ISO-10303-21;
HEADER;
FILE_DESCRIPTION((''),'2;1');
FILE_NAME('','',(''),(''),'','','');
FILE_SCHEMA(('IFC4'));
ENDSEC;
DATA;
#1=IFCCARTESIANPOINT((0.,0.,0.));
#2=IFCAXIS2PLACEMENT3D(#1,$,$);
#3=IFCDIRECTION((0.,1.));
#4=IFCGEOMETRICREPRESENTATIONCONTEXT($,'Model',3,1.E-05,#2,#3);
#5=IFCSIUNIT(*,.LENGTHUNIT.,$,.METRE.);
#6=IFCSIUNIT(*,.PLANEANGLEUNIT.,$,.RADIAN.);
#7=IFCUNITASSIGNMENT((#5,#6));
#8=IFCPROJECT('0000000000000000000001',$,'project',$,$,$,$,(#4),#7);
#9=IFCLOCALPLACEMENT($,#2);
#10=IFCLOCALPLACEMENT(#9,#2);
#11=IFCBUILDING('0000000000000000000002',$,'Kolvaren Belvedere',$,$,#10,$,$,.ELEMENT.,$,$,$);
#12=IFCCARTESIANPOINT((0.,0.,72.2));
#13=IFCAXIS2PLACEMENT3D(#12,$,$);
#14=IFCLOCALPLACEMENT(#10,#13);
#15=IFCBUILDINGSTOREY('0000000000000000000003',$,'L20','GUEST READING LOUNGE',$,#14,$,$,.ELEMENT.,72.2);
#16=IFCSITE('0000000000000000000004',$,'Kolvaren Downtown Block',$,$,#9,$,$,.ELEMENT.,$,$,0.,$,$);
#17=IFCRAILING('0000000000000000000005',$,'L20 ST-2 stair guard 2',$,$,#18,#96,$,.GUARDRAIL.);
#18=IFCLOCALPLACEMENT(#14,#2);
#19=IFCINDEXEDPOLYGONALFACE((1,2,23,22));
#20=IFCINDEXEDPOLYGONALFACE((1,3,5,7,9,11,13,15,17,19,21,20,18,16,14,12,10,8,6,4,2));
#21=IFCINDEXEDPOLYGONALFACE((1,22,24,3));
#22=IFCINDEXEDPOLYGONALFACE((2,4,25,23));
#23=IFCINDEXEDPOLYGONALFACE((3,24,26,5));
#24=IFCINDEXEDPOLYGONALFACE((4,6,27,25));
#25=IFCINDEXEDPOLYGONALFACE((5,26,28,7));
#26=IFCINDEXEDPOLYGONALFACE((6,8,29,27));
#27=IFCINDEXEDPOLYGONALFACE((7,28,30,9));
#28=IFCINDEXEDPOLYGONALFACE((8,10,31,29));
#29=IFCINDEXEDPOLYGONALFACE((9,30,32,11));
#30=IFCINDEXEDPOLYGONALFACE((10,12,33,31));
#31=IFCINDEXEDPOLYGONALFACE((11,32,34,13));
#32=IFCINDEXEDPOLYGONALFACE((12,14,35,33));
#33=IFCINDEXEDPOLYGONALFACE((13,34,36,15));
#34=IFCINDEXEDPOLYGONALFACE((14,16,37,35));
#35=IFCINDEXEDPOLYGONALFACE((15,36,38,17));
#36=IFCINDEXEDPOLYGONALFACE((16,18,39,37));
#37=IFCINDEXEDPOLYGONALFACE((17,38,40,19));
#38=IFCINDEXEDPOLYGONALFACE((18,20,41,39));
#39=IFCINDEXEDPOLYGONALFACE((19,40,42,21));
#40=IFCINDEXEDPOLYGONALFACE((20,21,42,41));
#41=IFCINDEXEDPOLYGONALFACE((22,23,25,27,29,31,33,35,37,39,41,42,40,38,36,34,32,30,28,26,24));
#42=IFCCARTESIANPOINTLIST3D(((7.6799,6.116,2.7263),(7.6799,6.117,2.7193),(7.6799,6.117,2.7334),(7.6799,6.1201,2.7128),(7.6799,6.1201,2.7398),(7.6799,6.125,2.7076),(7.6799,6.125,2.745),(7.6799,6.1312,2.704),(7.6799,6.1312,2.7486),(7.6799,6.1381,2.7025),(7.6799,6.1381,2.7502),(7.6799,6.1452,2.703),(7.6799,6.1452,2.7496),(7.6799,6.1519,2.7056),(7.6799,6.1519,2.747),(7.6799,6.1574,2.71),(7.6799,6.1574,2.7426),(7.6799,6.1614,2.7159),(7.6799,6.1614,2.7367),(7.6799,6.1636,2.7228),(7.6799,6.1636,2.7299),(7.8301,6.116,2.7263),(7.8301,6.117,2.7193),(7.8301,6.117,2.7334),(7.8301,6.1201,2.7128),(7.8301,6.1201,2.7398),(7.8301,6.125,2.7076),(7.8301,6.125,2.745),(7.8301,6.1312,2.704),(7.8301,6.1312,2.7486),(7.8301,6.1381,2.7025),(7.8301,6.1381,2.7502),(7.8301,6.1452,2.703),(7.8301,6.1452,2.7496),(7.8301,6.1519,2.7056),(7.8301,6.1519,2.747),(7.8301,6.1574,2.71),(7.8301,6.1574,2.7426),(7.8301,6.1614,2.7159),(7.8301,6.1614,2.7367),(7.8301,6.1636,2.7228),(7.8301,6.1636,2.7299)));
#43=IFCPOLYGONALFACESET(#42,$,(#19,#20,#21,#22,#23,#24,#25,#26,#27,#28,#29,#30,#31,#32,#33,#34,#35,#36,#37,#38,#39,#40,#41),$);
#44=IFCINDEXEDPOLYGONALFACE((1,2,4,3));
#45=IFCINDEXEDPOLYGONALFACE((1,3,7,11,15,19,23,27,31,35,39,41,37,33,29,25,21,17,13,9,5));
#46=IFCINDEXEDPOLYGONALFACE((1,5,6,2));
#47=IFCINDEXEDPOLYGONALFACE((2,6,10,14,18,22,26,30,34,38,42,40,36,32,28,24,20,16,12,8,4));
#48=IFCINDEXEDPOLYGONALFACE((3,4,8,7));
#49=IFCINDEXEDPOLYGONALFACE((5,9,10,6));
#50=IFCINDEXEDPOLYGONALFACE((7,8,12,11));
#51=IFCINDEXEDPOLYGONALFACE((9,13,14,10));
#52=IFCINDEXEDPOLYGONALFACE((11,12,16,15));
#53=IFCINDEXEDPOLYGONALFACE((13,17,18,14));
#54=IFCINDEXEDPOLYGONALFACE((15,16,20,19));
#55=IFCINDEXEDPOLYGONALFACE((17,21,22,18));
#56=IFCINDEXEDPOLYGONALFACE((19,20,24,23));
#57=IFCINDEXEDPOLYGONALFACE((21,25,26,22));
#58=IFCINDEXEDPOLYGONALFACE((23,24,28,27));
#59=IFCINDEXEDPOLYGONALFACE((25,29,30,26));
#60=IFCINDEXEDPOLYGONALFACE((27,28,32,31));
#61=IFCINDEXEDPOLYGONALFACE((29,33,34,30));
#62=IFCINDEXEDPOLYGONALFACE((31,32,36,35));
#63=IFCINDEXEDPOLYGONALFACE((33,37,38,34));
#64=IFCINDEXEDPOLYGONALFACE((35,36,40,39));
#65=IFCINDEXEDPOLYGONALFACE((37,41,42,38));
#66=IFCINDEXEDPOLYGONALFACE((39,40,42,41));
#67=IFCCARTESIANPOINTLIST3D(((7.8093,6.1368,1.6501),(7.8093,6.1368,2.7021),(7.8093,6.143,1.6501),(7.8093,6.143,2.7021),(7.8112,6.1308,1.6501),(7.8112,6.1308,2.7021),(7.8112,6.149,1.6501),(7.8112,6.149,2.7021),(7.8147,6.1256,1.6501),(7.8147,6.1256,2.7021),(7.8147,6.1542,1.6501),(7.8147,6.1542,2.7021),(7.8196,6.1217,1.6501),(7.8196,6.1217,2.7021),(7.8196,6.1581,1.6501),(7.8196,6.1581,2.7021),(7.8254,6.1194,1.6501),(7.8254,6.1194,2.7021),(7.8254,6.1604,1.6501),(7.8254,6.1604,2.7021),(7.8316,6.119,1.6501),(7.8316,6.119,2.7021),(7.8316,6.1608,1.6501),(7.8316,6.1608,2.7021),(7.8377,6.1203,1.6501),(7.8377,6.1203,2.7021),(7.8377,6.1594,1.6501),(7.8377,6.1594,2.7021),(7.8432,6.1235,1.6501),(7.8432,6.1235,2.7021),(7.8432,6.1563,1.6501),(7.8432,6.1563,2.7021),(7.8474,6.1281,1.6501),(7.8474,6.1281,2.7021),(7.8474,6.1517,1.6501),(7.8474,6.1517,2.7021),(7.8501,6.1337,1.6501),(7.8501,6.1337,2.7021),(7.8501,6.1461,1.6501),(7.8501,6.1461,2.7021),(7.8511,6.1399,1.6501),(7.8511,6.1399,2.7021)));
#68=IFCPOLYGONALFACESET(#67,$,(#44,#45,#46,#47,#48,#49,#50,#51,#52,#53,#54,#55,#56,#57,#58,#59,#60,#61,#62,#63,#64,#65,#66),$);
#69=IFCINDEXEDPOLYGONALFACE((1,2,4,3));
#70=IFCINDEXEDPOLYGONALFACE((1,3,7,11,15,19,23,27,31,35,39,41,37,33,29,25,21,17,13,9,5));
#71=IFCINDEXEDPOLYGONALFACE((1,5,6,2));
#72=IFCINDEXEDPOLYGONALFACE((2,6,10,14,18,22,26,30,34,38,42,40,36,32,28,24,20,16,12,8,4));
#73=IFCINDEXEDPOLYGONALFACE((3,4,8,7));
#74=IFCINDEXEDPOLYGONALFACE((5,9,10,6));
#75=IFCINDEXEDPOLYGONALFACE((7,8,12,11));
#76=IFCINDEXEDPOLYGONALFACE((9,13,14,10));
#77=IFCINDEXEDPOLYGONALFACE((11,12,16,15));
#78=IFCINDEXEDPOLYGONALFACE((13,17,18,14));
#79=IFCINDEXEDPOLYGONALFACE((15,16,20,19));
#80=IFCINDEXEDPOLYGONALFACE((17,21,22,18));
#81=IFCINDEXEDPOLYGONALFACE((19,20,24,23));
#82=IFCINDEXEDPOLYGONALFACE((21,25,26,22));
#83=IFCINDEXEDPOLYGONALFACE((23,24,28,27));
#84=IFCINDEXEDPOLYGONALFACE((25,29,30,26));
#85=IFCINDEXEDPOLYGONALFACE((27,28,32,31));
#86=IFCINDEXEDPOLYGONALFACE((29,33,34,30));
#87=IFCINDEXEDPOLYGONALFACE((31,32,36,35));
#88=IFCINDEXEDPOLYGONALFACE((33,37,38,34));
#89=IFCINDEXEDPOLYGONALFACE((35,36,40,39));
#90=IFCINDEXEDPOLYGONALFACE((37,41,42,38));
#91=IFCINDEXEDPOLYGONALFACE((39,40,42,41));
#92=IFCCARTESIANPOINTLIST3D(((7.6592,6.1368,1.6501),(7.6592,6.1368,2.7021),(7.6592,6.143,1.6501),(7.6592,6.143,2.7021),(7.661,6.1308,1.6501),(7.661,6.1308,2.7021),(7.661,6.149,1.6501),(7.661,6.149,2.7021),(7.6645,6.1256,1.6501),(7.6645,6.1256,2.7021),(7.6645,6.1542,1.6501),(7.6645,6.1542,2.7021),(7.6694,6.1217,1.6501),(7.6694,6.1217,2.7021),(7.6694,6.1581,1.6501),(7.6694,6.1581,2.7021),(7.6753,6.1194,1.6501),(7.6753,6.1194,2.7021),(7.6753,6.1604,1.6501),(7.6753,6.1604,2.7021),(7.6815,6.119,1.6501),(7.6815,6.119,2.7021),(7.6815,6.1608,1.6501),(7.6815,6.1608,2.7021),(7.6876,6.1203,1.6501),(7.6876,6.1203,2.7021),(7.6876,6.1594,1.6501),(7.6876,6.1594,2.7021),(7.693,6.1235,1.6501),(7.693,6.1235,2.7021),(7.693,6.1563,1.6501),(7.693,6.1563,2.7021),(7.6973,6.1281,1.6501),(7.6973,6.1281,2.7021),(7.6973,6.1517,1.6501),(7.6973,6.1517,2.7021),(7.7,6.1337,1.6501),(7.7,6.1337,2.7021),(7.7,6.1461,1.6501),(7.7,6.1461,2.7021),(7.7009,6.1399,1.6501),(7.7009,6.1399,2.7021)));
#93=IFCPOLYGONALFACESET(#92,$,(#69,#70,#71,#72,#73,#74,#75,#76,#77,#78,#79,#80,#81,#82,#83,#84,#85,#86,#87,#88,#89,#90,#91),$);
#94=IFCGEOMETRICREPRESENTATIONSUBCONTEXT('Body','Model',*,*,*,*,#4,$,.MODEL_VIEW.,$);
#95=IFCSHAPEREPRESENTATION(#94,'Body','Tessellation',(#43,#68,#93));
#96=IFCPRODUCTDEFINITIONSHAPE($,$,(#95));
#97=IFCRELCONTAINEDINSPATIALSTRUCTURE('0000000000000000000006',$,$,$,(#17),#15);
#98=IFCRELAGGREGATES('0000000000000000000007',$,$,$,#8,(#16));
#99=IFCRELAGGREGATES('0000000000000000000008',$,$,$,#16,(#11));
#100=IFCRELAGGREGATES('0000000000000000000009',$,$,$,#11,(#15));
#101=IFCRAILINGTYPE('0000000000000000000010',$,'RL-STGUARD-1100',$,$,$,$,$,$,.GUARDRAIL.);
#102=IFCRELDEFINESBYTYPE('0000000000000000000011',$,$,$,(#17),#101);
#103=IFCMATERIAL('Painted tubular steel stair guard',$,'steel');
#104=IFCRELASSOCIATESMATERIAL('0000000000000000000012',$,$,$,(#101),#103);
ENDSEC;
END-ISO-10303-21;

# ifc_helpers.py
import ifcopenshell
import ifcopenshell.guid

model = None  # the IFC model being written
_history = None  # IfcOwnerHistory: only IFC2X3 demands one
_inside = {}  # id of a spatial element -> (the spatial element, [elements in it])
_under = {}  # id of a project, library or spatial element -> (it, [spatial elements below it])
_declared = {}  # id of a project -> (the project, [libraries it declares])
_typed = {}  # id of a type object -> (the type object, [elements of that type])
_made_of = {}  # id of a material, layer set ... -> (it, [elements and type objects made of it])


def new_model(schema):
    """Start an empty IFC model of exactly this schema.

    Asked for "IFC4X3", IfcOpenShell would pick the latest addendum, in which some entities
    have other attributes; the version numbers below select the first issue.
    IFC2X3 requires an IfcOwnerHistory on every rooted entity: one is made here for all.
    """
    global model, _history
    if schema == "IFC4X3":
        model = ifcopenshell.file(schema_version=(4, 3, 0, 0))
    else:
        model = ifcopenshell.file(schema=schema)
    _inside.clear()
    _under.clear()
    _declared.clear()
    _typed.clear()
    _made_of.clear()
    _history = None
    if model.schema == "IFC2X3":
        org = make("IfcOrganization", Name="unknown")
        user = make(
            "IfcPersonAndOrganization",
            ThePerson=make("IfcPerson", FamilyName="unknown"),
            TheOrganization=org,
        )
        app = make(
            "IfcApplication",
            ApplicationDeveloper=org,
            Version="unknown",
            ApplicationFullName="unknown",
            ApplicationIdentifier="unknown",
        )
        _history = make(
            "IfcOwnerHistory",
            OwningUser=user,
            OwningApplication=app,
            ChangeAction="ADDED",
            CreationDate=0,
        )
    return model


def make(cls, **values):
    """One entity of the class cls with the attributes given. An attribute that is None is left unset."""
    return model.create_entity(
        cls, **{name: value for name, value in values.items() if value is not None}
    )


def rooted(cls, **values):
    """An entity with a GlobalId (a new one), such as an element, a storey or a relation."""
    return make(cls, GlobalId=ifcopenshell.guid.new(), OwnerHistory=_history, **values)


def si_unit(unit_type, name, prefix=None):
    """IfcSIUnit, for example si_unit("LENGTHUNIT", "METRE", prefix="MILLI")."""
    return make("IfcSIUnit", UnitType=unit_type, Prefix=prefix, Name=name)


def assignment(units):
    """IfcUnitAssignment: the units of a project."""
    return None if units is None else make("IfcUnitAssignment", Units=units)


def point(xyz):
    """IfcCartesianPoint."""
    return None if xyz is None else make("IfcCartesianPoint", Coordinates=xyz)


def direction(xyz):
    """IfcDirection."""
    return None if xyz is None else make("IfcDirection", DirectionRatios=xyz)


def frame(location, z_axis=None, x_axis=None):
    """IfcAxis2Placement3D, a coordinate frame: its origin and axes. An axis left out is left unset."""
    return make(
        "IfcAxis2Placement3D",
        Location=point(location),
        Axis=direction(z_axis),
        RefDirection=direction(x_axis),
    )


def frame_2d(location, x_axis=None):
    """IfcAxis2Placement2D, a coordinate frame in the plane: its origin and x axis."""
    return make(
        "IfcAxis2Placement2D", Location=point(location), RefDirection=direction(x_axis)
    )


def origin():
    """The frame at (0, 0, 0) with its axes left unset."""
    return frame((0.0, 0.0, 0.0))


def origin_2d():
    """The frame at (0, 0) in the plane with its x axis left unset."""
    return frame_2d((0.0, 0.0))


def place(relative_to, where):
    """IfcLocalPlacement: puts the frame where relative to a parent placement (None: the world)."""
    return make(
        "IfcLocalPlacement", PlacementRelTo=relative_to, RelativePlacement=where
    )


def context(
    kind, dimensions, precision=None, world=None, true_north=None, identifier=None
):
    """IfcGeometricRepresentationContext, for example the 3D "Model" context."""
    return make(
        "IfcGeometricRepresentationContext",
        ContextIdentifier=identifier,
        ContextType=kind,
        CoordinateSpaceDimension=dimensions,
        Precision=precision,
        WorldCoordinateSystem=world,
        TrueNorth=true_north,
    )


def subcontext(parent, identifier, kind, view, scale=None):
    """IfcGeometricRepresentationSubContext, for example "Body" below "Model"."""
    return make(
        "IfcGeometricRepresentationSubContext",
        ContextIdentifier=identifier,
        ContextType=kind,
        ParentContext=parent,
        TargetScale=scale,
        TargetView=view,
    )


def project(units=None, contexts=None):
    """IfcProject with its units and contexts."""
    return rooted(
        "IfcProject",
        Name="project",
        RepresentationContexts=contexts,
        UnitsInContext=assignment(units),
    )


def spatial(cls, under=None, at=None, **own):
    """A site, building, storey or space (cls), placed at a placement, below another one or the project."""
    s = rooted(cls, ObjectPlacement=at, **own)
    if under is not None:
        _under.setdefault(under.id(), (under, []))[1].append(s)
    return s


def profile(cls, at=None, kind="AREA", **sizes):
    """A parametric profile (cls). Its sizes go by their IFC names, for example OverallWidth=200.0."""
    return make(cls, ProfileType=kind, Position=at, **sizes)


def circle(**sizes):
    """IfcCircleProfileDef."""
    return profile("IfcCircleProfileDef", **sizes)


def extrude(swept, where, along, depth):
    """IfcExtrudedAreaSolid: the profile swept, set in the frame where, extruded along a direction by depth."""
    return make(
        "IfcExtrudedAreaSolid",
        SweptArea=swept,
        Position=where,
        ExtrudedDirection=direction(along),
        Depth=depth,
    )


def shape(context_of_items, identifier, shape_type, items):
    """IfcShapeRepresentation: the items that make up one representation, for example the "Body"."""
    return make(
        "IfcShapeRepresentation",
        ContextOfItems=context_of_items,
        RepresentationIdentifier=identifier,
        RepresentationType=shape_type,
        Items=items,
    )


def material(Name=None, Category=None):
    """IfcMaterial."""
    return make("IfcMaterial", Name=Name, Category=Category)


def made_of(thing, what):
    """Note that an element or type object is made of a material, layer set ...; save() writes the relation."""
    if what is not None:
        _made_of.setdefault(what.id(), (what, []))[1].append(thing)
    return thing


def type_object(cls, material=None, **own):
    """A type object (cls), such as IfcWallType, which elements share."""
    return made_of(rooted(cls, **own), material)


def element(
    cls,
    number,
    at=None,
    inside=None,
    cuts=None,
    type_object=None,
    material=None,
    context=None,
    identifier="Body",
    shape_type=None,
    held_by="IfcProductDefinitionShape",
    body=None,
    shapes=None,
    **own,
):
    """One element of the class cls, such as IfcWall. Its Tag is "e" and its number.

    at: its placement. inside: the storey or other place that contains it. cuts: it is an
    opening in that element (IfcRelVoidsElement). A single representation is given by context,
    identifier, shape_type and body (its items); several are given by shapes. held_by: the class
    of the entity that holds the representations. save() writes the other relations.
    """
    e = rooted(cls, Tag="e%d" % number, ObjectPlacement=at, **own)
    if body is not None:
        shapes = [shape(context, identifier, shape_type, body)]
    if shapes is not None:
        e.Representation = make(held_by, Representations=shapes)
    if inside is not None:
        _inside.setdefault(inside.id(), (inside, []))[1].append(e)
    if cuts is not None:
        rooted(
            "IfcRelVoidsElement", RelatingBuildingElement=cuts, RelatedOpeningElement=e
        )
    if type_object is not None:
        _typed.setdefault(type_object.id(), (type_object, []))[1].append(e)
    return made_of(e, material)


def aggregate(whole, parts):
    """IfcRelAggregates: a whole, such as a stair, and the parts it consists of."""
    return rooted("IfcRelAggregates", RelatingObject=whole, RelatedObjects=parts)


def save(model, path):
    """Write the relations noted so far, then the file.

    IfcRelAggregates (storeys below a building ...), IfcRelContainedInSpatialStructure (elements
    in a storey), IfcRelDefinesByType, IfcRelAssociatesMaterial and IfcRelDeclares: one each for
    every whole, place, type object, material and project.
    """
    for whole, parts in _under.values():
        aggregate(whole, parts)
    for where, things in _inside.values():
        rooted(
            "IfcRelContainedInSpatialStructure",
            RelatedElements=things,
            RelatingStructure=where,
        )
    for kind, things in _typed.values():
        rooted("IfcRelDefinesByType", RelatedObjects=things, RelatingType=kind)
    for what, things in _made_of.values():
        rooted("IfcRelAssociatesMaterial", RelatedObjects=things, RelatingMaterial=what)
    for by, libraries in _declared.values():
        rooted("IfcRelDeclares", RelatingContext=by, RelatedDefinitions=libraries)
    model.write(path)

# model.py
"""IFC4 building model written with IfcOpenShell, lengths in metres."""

from ifc_helpers import new_model, si_unit, direction, frame, origin, origin_2d, place, context, subcontext, project, spatial, circle, extrude, material, type_object, element, save


model = new_model("IFC4")

# Units and contexts
model_context = context("Model", 3, precision=1e-05, world=origin(), true_north=direction((0.0, 1.0)))
body_context = subcontext(model_context, "Body", "Model", "MODEL_VIEW")
ifc_project = project(units=[si_unit("LENGTHUNIT", "METRE"), si_unit("PLANEANGLEUNIT", "RADIAN")], contexts=[model_context])

# Site, building, storey
site_placement = place(None, origin())
site = spatial("IfcSite", under=ifc_project, at=site_placement, Name="Kolvaren Downtown Block", CompositionType="ELEMENT", RefElevation=0.0)
building_placement = place(site_placement, origin())
building = spatial("IfcBuilding", under=site, at=building_placement, Name="Kolvaren Belvedere", CompositionType="ELEMENT")
storey_placement = place(building_placement, frame((0.0, 0.0, 72.2)))
storey = spatial("IfcBuildingStorey", under=building, at=storey_placement, Name="L20", Description="GUEST READING LOUNGE", CompositionType="ELEMENT", Elevation=72.2)

# Railing
ifc_material_1 = material(Name="Painted tubular steel stair guard", Category="steel")
railing_type_1 = type_object("IfcRailingType", Name="RL-STGUARD-1100", PredefinedType="GUARDRAIL", material=ifc_material_1)
railing_1_placement = place(storey_placement, frame((7.8301, 6.1399, 1.6501)))
element("IfcRailing", 1, at=railing_1_placement, inside=storey, type_object=railing_type_1, Name="L20 ST-2 stair guard 2", PredefinedType="GUARDRAIL", context=body_context, shape_type="SweptSolid", body=[
    extrude(circle(Radius=0.0239, at=origin_2d()), frame((0.0, 0.0, 1.0762), z_axis=(-1.0, 0.0, 0.0), x_axis=(0.0, -1.0, 0.0)), (0.0, 0.0, 1.0), 0.1501),
    extrude(circle(Radius=0.021, at=origin_2d()), origin(), (0.0, 0.0, 1.0), 1.052),
    extrude(circle(Radius=0.021, at=origin_2d()), frame((-0.1501, 0.0, 0.0)), (0.0, 0.0, 1.0), 1.052),
])

save(model, "model.ifc")
